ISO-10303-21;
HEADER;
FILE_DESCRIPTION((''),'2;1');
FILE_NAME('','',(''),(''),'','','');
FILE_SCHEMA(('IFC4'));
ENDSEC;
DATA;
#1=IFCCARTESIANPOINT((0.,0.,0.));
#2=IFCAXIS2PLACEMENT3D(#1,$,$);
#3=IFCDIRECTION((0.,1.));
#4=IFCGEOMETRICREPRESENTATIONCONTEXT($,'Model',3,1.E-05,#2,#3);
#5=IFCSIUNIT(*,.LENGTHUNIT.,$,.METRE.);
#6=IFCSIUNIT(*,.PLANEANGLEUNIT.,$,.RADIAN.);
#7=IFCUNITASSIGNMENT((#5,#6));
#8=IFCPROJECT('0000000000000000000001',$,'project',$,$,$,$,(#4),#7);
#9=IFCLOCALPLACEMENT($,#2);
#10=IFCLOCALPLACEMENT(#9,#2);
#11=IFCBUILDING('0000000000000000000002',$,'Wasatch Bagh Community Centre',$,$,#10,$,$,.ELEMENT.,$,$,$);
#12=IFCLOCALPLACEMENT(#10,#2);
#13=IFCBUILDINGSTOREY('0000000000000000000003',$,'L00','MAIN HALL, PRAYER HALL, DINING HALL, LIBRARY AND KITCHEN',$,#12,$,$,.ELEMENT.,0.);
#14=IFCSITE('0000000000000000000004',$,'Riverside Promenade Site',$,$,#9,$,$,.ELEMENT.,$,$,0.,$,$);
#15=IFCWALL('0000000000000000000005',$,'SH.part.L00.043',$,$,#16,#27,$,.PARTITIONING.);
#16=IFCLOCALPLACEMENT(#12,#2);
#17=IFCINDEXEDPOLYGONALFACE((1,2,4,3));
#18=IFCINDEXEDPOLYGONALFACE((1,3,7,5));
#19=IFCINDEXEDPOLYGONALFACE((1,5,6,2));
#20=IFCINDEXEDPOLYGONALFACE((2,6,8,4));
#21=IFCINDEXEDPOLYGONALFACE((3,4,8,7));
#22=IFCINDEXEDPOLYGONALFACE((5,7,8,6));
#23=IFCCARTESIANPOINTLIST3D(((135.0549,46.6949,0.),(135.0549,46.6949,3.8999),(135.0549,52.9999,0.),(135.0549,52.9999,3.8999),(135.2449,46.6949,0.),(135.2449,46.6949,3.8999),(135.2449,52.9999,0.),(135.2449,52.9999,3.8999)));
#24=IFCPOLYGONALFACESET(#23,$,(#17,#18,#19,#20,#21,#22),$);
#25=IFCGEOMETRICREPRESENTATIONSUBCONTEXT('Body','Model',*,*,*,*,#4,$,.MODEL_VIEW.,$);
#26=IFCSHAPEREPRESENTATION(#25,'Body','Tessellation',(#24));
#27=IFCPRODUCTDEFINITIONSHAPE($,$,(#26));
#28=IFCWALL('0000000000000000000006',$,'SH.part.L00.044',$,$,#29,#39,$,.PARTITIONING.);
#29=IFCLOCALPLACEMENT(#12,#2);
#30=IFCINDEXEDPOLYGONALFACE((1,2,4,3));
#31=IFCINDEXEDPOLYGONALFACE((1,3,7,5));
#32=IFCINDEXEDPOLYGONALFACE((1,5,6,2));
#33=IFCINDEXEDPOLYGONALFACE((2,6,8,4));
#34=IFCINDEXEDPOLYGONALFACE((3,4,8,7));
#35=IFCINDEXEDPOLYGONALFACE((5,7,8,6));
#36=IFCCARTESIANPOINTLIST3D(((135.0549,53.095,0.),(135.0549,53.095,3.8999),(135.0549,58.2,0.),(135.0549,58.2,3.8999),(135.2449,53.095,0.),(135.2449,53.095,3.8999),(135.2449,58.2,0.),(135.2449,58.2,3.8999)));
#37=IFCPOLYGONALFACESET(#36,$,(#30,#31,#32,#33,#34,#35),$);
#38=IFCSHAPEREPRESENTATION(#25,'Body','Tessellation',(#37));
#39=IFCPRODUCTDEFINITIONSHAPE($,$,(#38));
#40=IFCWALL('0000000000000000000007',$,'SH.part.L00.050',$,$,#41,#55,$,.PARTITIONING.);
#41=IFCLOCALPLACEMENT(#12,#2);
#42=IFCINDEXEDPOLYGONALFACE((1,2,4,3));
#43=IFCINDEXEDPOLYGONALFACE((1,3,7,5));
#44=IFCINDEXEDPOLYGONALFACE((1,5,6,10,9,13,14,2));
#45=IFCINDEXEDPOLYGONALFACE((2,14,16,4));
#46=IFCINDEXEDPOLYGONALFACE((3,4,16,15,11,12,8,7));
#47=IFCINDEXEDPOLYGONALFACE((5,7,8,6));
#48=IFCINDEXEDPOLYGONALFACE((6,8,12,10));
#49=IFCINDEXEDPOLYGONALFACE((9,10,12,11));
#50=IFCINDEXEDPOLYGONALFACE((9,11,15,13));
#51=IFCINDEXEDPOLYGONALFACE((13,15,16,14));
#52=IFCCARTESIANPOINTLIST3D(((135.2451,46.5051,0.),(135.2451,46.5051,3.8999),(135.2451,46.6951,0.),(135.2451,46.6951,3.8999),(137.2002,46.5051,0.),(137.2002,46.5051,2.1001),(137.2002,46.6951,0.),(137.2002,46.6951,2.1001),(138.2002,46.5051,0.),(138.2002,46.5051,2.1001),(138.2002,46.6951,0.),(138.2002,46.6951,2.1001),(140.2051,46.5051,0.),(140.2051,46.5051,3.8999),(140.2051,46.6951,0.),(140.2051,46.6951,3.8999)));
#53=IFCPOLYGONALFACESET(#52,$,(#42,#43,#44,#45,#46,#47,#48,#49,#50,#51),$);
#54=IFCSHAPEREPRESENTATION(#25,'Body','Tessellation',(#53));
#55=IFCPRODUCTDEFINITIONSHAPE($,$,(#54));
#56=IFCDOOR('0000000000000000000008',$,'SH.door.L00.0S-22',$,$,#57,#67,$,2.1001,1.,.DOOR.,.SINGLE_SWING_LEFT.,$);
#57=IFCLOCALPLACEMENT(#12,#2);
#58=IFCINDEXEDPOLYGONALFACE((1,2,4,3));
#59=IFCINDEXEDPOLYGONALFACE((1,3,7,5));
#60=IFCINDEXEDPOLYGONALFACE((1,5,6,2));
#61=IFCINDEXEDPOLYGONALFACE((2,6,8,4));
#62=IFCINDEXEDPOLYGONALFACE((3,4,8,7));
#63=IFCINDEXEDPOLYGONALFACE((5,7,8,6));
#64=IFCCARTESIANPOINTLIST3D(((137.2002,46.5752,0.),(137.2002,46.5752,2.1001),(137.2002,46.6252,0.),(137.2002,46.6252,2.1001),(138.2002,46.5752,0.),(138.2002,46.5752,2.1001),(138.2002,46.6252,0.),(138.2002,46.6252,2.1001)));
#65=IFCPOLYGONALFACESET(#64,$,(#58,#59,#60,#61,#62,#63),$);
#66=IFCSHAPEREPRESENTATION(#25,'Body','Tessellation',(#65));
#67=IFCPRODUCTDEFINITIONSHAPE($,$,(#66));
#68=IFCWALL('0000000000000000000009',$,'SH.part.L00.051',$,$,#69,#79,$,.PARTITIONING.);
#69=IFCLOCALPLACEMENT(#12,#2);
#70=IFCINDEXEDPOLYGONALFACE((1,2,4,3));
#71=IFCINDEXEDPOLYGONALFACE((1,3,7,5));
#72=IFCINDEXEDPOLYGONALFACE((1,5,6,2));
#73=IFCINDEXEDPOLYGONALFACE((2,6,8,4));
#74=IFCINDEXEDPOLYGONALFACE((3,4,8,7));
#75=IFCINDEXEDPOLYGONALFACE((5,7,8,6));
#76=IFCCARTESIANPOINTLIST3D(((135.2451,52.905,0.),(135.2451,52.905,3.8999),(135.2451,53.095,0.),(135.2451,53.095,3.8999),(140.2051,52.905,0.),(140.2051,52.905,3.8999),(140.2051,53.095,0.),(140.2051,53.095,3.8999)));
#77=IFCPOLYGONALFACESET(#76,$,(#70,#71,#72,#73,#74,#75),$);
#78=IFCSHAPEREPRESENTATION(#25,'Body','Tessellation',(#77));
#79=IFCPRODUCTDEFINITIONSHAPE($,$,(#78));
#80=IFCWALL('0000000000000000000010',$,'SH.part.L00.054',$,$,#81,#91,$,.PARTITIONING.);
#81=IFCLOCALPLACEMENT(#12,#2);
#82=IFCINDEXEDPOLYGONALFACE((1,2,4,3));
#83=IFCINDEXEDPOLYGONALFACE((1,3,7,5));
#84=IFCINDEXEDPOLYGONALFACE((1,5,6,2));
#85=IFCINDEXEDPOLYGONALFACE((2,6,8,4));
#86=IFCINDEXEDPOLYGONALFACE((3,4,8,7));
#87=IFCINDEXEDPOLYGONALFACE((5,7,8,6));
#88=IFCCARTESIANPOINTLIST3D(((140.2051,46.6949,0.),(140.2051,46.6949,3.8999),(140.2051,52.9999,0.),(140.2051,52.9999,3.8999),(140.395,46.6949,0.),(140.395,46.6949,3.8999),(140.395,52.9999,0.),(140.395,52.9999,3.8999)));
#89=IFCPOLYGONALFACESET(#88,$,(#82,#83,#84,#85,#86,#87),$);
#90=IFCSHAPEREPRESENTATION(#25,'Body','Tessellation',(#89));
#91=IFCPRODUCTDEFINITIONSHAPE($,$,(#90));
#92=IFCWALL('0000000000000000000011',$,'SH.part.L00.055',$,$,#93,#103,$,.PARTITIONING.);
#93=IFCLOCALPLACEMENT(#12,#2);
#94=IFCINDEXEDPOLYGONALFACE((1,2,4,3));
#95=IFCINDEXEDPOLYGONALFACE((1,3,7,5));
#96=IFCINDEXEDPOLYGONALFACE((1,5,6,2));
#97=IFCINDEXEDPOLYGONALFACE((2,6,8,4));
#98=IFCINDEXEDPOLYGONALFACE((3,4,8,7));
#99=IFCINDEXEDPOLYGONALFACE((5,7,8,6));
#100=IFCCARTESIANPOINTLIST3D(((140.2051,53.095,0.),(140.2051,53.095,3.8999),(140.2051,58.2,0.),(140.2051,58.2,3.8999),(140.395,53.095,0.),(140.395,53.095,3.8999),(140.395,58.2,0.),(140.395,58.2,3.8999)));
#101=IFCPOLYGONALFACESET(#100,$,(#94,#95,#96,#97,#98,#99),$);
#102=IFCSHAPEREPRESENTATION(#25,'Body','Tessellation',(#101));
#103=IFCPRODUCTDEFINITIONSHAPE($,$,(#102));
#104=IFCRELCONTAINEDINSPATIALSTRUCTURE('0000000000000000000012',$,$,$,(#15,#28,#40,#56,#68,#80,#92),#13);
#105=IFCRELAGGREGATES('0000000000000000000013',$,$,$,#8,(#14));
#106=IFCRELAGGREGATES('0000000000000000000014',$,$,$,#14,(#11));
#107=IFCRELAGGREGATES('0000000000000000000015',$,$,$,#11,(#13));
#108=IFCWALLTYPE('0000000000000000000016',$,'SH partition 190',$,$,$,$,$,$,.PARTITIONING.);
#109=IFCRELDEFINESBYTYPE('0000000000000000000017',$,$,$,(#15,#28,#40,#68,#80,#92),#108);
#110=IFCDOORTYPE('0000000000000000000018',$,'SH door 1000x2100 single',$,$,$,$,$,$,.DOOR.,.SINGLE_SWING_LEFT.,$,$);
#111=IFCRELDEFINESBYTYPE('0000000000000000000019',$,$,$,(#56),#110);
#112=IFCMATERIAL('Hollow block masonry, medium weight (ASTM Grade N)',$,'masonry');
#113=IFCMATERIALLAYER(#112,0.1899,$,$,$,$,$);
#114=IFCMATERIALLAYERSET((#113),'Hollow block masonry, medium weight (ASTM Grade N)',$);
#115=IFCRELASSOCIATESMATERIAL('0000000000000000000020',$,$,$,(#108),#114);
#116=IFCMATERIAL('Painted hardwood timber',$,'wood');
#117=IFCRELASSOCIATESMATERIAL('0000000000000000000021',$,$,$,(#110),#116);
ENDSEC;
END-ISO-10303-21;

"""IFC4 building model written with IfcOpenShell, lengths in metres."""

from ifc_helpers import new_model, si_unit, direction, frame, frame_2d, origin, place, context, subcontext, project, spatial, rectangle, extrude, material, layer, layer_set, type_object, element, fill, save


model = new_model("IFC4")

# Units and contexts
model_context = context("Model", 3, precision=1e-05, world=origin(), true_north=direction((0.0, 1.0)))
body_context = subcontext(model_context, "Body", "Model", "MODEL_VIEW")
ifc_project = project(units=[si_unit("LENGTHUNIT", "METRE"), si_unit("PLANEANGLEUNIT", "RADIAN")], contexts=[model_context])

# Site, building, storey
site_placement = place(None, origin())
site = spatial("IfcSite", under=ifc_project, at=site_placement, Name="Riverside Promenade Site", CompositionType="ELEMENT", RefElevation=0.0)
building_placement = place(site_placement, origin())
building = spatial("IfcBuilding", under=site, at=building_placement, Name="Wasatch Bagh Community Centre", CompositionType="ELEMENT")
storey_placement = place(building_placement, origin())
storey = spatial("IfcBuildingStorey", under=building, at=storey_placement, Name="L00", Description="MAIN HALL, PRAYER HALL, DINING HALL, LIBRARY AND KITCHEN", CompositionType="ELEMENT", Elevation=0.0)

# Shared definitions
ifc_material_1 = material(Name="Hollow block masonry, medium weight (ASTM Grade N)", Category="masonry")
ifc_layer = layer(ifc_material_1, 0.1899)
ifc_layer_set = layer_set([ifc_layer], Name="Hollow block masonry, medium weight (ASTM Grade N)")
wall_type = type_object("IfcWallType", Name="SH partition 190", PredefinedType="PARTITIONING", material=ifc_layer_set)

# Shared definitions
ifc_material_2 = material(Name="Painted hardwood timber", Category="wood")
door_type = type_object("IfcDoorType", Name="SH door 1000x2100 single", OperationType="SINGLE_SWING_LEFT", PredefinedType="DOOR", material=ifc_material_2)

# Walls
wall_1_placement = place(storey_placement, frame((135.1499, 46.6951, 0.0), z_axis=(0.0, 0.0, 1.0), x_axis=(0.0, 1.0, 0.0)))
element("IfcWall", 1, at=wall_1_placement, inside=storey, type_object=wall_type, Name="SH.part.L00.043", PredefinedType="PARTITIONING", context=body_context, shape_type="SweptSolid", body=[
    extrude(rectangle(XDim=6.3049, YDim=0.1899, at=frame_2d((3.1523, 0.0))), origin(), (0.0, 0.0, 1.0), 3.8999),
])
wall_2_placement = place(storey_placement, frame((135.1499, 53.095, 0.0), z_axis=(0.0, 0.0, 1.0), x_axis=(0.0, 1.0, 0.0)))
element("IfcWall", 2, at=wall_2_placement, inside=storey, type_object=wall_type, Name="SH.part.L00.044", PredefinedType="PARTITIONING", context=body_context, shape_type="SweptSolid", body=[
    extrude(rectangle(XDim=5.105, YDim=0.1899, at=frame_2d((2.5525, 0.0))), origin(), (0.0, 0.0, 1.0), 3.8999),
])

# Wall, opening, door
wall_3_placement = place(storey_placement, frame((140.2051, 46.6001, 0.0), z_axis=(0.0, 0.0, 1.0), x_axis=(-1.0, 0.0, 0.0)))
wall_3 = element("IfcWall", 3, at=wall_3_placement, inside=storey, type_object=wall_type, Name="SH.part.L00.050", PredefinedType="PARTITIONING", context=body_context, shape_type="SweptSolid", body=[
    extrude(rectangle(XDim=4.96, YDim=0.1899, at=frame_2d((2.48, 0.0))), origin(), (0.0, 0.0, 1.0), 3.8999),
])
opening_1_placement = place(wall_3_placement, frame((2.0049, 0.0, 0.0)))
opening_1 = element("IfcOpeningElement", 4, at=opening_1_placement, cuts=wall_3, PredefinedType="OPENING", context=body_context, shape_type="SweptSolid", body=[
    extrude(rectangle(XDim=1.0, YDim=2.1001, at=frame_2d((0.5, 1.05))), frame((0.0, 0.105, 0.0), z_axis=(0.0, -1.0, 0.0), x_axis=(1.0, 0.0, 0.0)), (0.0, 0.0, 1.0), 0.21),
])
door_1_placement = place(opening_1_placement, origin())
door_1 = element("IfcDoor", 5, at=door_1_placement, inside=storey, type_object=door_type, Name="SH.door.L00.0S-22", OperationType="SINGLE_SWING_LEFT", OverallHeight=2.1001, OverallWidth=1.0, PredefinedType="DOOR", context=body_context, shape_type="SweptSolid", body=[
    extrude(rectangle(XDim=1.0, YDim=2.1001, at=frame_2d((0.5, 1.05))), frame((0.0, 0.0249, 0.0), z_axis=(0.0, -1.0, 0.0), x_axis=(1.0, 0.0, 0.0)), (0.0, 0.0, 1.0), 0.05),
])
fill(opening_1, door_1)

# Walls
wall_4_placement = place(storey_placement, frame((140.2051, 53.0, 0.0), z_axis=(0.0, 0.0, 1.0), x_axis=(-1.0, 0.0, 0.0)))
element("IfcWall", 6, at=wall_4_placement, inside=storey, type_object=wall_type, Name="SH.part.L00.051", PredefinedType="PARTITIONING", context=body_context, shape_type="SweptSolid", body=[
    extrude(rectangle(XDim=4.96, YDim=0.1899, at=frame_2d((2.48, 0.0))), origin(), (0.0, 0.0, 1.0), 3.8999),
])
wall_5_placement = place(storey_placement, frame((140.3, 46.6951, 0.0), z_axis=(0.0, 0.0, 1.0), x_axis=(0.0, 1.0, 0.0)))
element("IfcWall", 7, at=wall_5_placement, inside=storey, type_object=wall_type, Name="SH.part.L00.054", PredefinedType="PARTITIONING", context=body_context, shape_type="SweptSolid", body=[
    extrude(rectangle(XDim=6.3049, YDim=0.1899, at=frame_2d((3.1523, 0.0))), origin(), (0.0, 0.0, 1.0), 3.8999),
])
wall_6_placement = place(storey_placement, frame((140.3, 53.095, 0.0), z_axis=(0.0, 0.0, 1.0), x_axis=(0.0, 1.0, 0.0)))
element("IfcWall", 8, at=wall_6_placement, inside=storey, type_object=wall_type, Name="SH.part.L00.055", PredefinedType="PARTITIONING", context=body_context, shape_type="SweptSolid", body=[
    extrude(rectangle(XDim=5.105, YDim=0.1899, at=frame_2d((2.5525, 0.0))), origin(), (0.0, 0.0, 1.0), 3.8999),
])

save(model, "model.ifc")
